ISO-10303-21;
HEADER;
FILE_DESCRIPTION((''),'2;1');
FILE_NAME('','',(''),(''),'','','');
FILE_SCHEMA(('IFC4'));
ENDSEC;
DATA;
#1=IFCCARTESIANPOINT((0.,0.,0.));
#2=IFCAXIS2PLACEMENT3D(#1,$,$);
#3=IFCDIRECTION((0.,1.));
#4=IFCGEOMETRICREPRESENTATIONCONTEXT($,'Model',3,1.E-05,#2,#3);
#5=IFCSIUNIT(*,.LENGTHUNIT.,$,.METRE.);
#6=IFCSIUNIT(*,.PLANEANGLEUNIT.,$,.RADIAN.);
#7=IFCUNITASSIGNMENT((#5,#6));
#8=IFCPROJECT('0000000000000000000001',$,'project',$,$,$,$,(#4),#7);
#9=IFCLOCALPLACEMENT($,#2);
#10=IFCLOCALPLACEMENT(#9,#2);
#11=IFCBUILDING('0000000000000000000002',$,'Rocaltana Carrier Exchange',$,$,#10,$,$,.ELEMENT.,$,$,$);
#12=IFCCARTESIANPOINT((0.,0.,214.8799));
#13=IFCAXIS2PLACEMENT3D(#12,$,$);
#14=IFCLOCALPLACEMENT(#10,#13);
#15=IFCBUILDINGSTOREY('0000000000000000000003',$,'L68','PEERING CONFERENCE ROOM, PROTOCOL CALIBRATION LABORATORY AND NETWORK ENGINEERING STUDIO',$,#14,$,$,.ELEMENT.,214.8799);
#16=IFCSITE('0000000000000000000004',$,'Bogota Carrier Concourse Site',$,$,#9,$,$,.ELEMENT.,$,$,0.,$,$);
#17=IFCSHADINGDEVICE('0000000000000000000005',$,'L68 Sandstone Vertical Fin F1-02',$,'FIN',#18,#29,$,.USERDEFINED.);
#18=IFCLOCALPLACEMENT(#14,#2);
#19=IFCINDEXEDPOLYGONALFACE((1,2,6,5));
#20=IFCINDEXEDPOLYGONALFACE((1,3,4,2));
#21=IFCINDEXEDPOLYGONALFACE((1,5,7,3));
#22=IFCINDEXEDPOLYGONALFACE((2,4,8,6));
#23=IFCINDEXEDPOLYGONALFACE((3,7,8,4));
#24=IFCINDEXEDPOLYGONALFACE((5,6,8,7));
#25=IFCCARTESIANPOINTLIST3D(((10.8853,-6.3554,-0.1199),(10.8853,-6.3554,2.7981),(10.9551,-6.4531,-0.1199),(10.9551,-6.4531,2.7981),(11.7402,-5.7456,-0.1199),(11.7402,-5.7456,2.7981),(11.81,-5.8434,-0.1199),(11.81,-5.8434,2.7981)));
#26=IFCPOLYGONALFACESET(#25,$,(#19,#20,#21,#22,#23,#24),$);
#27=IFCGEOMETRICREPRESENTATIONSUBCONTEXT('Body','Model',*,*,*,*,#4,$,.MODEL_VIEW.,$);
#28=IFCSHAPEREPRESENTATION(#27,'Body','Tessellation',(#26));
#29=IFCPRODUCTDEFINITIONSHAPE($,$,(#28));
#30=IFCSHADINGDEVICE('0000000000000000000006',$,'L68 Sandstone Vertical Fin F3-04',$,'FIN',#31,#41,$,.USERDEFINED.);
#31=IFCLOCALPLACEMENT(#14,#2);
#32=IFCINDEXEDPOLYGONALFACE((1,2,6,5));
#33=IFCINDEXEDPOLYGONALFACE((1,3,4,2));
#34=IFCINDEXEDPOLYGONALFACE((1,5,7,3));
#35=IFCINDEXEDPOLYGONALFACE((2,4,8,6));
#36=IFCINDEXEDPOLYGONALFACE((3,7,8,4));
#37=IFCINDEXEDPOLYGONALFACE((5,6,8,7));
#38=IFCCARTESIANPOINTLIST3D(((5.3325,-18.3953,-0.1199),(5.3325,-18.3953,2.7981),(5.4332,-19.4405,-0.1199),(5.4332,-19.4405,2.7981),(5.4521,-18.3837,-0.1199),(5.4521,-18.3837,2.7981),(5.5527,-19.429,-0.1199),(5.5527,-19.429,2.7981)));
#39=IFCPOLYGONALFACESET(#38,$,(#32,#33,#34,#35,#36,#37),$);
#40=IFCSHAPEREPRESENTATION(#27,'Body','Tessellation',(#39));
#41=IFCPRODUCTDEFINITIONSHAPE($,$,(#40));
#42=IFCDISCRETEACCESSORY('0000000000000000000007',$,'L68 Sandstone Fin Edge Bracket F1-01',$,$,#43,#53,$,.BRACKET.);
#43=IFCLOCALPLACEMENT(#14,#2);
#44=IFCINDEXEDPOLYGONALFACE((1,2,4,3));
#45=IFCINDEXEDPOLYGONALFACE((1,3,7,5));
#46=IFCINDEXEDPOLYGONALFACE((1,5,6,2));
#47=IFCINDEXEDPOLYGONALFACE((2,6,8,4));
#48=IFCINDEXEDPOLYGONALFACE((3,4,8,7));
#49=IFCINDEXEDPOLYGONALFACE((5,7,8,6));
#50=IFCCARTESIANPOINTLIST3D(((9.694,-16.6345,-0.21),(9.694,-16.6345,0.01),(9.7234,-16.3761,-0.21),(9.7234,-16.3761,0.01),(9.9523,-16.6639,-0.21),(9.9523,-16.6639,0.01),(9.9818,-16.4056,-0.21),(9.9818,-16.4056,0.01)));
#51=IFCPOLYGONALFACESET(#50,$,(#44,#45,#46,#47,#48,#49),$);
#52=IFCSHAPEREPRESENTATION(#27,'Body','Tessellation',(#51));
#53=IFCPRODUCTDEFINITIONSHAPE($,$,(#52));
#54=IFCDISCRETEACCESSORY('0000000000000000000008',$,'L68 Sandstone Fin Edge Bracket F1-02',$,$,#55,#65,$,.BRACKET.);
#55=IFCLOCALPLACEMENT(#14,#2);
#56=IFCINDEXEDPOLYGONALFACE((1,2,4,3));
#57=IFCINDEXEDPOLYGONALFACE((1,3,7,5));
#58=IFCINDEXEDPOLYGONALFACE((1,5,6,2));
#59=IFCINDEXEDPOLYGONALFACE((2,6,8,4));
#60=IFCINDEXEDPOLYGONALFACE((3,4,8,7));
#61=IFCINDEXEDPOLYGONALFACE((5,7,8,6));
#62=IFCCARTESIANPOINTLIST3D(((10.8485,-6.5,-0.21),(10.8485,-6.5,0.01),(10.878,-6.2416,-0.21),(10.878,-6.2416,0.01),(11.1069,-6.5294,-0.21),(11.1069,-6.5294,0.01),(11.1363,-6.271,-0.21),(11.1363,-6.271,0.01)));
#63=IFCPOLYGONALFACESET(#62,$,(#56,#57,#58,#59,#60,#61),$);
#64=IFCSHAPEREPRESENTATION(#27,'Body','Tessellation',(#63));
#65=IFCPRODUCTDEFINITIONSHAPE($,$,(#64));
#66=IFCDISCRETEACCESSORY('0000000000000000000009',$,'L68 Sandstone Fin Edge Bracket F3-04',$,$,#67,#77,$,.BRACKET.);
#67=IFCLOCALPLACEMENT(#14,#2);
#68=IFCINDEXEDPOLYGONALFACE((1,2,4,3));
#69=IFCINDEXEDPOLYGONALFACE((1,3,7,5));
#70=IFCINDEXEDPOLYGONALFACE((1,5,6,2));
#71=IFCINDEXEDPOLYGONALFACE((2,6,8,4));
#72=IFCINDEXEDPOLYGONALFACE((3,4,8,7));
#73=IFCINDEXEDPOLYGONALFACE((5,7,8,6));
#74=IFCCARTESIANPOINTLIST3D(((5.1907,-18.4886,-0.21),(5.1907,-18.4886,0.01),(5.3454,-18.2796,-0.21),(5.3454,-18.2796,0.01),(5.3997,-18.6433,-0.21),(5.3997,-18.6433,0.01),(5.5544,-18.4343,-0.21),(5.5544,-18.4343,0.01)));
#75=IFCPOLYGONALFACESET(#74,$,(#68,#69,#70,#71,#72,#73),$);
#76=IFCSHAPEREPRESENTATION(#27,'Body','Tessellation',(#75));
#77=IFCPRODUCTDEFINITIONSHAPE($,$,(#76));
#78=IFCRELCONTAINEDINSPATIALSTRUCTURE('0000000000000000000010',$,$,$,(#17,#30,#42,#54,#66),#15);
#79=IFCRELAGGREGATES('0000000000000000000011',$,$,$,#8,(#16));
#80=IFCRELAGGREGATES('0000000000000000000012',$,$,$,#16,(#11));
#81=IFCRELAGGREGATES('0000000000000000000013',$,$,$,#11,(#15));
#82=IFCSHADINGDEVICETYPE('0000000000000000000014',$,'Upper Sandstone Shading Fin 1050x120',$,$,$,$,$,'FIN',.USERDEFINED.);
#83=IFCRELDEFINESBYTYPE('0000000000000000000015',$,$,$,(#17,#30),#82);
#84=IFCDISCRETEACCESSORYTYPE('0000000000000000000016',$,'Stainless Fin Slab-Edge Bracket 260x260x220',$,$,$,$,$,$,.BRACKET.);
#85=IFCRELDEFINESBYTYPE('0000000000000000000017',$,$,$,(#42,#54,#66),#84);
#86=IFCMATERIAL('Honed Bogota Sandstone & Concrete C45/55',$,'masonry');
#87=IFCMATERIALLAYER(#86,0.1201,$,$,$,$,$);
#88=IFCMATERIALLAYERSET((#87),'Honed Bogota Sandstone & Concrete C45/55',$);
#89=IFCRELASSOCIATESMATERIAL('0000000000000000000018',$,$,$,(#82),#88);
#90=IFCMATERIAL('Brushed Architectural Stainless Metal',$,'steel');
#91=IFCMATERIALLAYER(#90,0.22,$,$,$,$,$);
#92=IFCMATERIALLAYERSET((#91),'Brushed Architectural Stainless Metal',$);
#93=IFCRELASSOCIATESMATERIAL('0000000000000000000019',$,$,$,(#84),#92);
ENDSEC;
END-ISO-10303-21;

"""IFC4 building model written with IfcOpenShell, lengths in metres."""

from ifc_helpers import new_model, si_unit, direction, frame, origin, origin_2d, place, context, subcontext, project, spatial, rectangle, extrude, material, layer, layer_set, type_object, element, save


model = new_model("IFC4")

# Units and contexts
model_context = context("Model", 3, precision=1e-05, world=origin(), true_north=direction((0.0, 1.0)))
body_context = subcontext(model_context, "Body", "Model", "MODEL_VIEW")
ifc_project = project(units=[si_unit("LENGTHUNIT", "METRE"), si_unit("PLANEANGLEUNIT", "RADIAN")], contexts=[model_context])

# Site, building, storey
site_placement = place(None, origin())
site = spatial("IfcSite", under=ifc_project, at=site_placement, Name="Bogota Carrier Concourse Site", CompositionType="ELEMENT", RefElevation=0.0)
building_placement = place(site_placement, origin())
building = spatial("IfcBuilding", under=site, at=building_placement, Name="Rocaltana Carrier Exchange", CompositionType="ELEMENT")
storey_placement = place(building_placement, frame((0.0, 0.0, 214.8799)))
storey = spatial("IfcBuildingStorey", under=building, at=storey_placement, Name="L68", Description="PEERING CONFERENCE ROOM, PROTOCOL CALIBRATION LABORATORY AND NETWORK ENGINEERING STUDIO", CompositionType="ELEMENT", Elevation=214.8799)

# Shading devices
ifc_material_1 = material(Name="Honed Bogota Sandstone & Concrete C45/55", Category="masonry")
ifc_layer_1 = layer(ifc_material_1, 0.1201)
ifc_layer_set_1 = layer_set([ifc_layer_1], Name="Honed Bogota Sandstone & Concrete C45/55")
shading_device_type = type_object("IfcShadingDeviceType", Name="Upper Sandstone Shading Fin 1050x120", ElementType="FIN", PredefinedType="USERDEFINED", material=ifc_layer_set_1)
for number, where, z_axis, x_axis, name in (
    (1, (11.3477, -6.0994, -0.1199), (0.0, 0.0, 1.0), (0.814116, 0.580703, 0.0), "L68 Sandstone Vertical Fin F1-02"),
    (2, (5.4426, -18.9121, -0.1199), (0.0, 0.0, 1.0), (0.095846, -0.995396, 0.0), "L68 Sandstone Vertical Fin F3-04"),
):
    element("IfcShadingDevice", number, at=place(storey_placement, frame(where, z_axis=z_axis, x_axis=x_axis)), inside=storey, type_object=shading_device_type, Name=name, ObjectType="FIN", PredefinedType="USERDEFINED", context=body_context, shape_type="SweptSolid", body=[
        extrude(rectangle(XDim=1.05, YDim=0.1201, at=origin_2d()), origin(), (0.0, 0.0, 1.0), 2.918),
    ])

# Discrete accessories
ifc_material_2 = material(Name="Brushed Architectural Stainless Metal", Category="steel")
ifc_layer_2 = layer(ifc_material_2, 0.22)
ifc_layer_set_2 = layer_set([ifc_layer_2], Name="Brushed Architectural Stainless Metal")
discrete_accessory_type = type_object("IfcDiscreteAccessoryType", Name="Stainless Fin Slab-Edge Bracket 260x260x220", PredefinedType="BRACKET", material=ifc_layer_set_2)
for number, where, z_axis, x_axis, name in (
    (3, (9.8379, -16.52, -0.21), (0.0, 0.0, 1.0), (0.113203, 0.993572, 0.0), "L68 Sandstone Fin Edge Bracket F1-01"),
    (4, (10.9924, -6.3855, -0.21), (0.0, 0.0, 1.0), (0.113203, 0.993572, 0.0), "L68 Sandstone Fin Edge Bracket F1-02"),
    (5, (5.3726, -18.4614, -0.21), (0.0, 0.0, 1.0), (0.803857, -0.594823, 0.0), "L68 Sandstone Fin Edge Bracket F3-04"),
):
    element("IfcDiscreteAccessory", number, at=place(storey_placement, frame(where, z_axis=z_axis, x_axis=x_axis)), inside=storey, type_object=discrete_accessory_type, Name=name, PredefinedType="BRACKET", context=body_context, shape_type="SweptSolid", body=[
        extrude(rectangle(XDim=0.26, YDim=0.26, at=origin_2d()), origin(), (0.0, 0.0, 1.0), 0.22),
    ])

save(model, "model.ifc")
